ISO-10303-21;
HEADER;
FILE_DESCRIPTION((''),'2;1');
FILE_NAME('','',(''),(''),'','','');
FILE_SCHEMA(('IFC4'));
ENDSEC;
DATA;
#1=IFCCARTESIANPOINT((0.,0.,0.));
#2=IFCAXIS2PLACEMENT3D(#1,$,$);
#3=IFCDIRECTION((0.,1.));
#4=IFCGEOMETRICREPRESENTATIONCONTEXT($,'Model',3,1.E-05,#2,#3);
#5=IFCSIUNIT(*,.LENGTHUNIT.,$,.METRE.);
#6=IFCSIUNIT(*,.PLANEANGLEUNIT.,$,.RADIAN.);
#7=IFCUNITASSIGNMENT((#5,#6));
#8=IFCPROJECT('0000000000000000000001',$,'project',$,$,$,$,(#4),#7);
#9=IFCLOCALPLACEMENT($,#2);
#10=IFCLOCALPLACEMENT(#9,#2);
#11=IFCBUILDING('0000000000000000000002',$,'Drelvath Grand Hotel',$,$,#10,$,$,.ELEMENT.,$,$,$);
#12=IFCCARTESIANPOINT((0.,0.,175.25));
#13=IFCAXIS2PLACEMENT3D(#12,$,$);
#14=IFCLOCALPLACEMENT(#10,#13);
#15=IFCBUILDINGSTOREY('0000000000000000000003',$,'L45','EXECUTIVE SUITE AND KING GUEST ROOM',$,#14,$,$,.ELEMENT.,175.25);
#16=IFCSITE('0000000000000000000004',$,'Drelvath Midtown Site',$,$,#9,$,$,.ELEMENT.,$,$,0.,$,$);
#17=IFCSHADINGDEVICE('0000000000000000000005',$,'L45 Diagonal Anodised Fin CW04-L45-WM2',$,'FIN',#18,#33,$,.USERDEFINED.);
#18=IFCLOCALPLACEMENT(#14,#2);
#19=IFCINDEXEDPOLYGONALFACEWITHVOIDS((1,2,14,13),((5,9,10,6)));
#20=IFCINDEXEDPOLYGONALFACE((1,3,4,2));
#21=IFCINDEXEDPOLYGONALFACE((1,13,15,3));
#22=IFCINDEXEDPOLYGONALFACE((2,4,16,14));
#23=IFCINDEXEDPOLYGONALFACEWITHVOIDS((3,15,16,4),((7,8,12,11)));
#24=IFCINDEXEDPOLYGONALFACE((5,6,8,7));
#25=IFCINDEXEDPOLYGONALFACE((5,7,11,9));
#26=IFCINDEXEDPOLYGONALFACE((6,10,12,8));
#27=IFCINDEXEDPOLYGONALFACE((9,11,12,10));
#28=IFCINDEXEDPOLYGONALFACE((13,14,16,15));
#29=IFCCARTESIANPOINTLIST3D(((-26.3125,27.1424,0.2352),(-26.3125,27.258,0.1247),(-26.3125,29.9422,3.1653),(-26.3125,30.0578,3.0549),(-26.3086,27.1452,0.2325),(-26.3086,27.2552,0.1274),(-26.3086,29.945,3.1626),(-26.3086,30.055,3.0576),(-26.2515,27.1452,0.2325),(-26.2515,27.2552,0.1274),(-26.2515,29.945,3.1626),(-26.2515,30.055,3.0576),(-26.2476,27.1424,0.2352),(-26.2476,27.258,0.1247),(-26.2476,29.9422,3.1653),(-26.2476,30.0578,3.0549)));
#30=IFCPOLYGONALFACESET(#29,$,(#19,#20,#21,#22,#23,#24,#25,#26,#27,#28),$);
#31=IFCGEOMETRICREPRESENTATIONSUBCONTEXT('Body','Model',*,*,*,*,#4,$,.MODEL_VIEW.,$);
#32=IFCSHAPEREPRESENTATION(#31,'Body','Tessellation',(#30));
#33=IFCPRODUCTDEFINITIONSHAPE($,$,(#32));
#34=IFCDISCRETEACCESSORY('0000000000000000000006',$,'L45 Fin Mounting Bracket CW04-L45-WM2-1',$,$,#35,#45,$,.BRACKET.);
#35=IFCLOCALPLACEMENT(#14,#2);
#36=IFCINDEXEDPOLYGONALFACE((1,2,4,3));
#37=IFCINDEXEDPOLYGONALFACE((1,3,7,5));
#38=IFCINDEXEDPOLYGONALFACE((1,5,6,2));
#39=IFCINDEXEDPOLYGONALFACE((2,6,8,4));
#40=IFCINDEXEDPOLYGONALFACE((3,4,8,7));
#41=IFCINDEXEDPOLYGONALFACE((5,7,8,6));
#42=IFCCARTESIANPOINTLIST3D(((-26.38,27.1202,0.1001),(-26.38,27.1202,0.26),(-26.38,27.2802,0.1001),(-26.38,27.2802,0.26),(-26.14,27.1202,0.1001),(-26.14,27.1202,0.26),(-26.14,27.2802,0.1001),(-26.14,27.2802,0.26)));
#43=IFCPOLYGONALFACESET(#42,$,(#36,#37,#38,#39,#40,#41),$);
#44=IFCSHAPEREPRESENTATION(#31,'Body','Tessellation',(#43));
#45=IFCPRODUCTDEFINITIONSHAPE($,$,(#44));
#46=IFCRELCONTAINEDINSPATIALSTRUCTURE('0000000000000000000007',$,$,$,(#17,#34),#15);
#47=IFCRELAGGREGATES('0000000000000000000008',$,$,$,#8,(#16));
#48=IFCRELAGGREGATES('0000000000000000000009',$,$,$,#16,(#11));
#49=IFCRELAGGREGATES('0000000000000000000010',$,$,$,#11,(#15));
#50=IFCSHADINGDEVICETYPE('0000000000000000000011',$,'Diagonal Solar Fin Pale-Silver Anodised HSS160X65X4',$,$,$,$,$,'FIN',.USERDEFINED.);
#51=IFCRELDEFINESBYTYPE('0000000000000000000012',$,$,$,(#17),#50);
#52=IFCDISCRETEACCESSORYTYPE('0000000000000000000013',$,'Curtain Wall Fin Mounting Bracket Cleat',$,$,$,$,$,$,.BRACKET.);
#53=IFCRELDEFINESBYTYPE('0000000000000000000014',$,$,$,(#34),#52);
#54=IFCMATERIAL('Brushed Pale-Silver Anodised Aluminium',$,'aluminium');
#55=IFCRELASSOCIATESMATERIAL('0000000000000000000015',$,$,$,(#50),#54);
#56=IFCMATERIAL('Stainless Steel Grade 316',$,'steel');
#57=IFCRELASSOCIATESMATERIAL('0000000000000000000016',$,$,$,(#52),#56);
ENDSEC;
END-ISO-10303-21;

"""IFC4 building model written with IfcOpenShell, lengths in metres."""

from ifc_helpers import new_model, si_unit, direction, frame, origin, origin_2d, place, context, subcontext, project, spatial, rectangle, hollow_rectangle, extrude, material, material_profile, profile_set, type_object, element, save


model = new_model("IFC4")

# Units and contexts
model_context = context("Model", 3, precision=1e-05, world=origin(), true_north=direction((0.0, 1.0)))
body_context = subcontext(model_context, "Body", "Model", "MODEL_VIEW")
ifc_project = project(units=[si_unit("LENGTHUNIT", "METRE"), si_unit("PLANEANGLEUNIT", "RADIAN")], contexts=[model_context])

# Site, building, storey
site_placement = place(None, origin())
site = spatial("IfcSite", under=ifc_project, at=site_placement, Name="Drelvath Midtown Site", CompositionType="ELEMENT", RefElevation=0.0)
building_placement = place(site_placement, origin())
building = spatial("IfcBuilding", under=site, at=building_placement, Name="Drelvath Grand Hotel", CompositionType="ELEMENT")
storey_placement = place(building_placement, frame((0.0, 0.0, 175.25)))
storey = spatial("IfcBuildingStorey", under=building, at=storey_placement, Name="L45", Description="EXECUTIVE SUITE AND KING GUEST ROOM", CompositionType="ELEMENT", Elevation=175.25)

# Shading device
ifc_material_1 = material(Name="Brushed Pale-Silver Anodised Aluminium", Category="aluminium")
ifc_material_profile_1 = material_profile(ifc_material_1, hollow_rectangle(XDim=0.0649, YDim=0.1599, WallThickness=0.0039, at=origin_2d()), Name="HSS160X65X4")
ifc_profile_set_1 = profile_set([ifc_material_profile_1], Name="Brushed Pale-Silver Anodised Aluminium")
shading_device_type = type_object("IfcShadingDeviceType", Name="Diagonal Solar Fin Pale-Silver Anodised HSS160X65X4", ElementType="FIN", PredefinedType="USERDEFINED", material=ifc_profile_set_1)
shading_device_placement = place(storey_placement, frame((-26.28, 27.2002, 0.1799), z_axis=(0.0, 0.69084, 0.723008), x_axis=(-1.0, 0.0, 0.0)))
element("IfcShadingDevice", 1, at=shading_device_placement, inside=storey, type_object=shading_device_type, Name="L45 Diagonal Anodised Fin CW04-L45-WM2", ObjectType="FIN", PredefinedType="USERDEFINED", context=body_context, shape_type="SweptSolid", body=[
    extrude(hollow_rectangle(XDim=0.0649, YDim=0.1599, WallThickness=0.0039, at=origin_2d()), origin(), (0.0, 0.0, 1.0), 4.0527),
])

# Discrete accessory
ifc_material_2 = material(Name="Stainless Steel Grade 316", Category="steel")
discrete_accessory_type = type_object("IfcDiscreteAccessoryType", Name="Curtain Wall Fin Mounting Bracket Cleat", PredefinedType="BRACKET", material=ifc_material_2)
discrete_accessory_placement = place(storey_placement, frame((-26.26, 27.2002, 0.1001), z_axis=(0.0, 0.0, 1.0), x_axis=(0.0, 1.0, 0.0)))
element("IfcDiscreteAccessory", 2, at=discrete_accessory_placement, inside=storey, type_object=discrete_accessory_type, Name="L45 Fin Mounting Bracket CW04-L45-WM2-1", PredefinedType="BRACKET", context=body_context, shape_type="SweptSolid", body=[
    extrude(rectangle(XDim=0.1599, YDim=0.24, at=origin_2d()), origin(), (0.0, 0.0, 1.0), 0.1599),
])

save(model, "model.ifc")
